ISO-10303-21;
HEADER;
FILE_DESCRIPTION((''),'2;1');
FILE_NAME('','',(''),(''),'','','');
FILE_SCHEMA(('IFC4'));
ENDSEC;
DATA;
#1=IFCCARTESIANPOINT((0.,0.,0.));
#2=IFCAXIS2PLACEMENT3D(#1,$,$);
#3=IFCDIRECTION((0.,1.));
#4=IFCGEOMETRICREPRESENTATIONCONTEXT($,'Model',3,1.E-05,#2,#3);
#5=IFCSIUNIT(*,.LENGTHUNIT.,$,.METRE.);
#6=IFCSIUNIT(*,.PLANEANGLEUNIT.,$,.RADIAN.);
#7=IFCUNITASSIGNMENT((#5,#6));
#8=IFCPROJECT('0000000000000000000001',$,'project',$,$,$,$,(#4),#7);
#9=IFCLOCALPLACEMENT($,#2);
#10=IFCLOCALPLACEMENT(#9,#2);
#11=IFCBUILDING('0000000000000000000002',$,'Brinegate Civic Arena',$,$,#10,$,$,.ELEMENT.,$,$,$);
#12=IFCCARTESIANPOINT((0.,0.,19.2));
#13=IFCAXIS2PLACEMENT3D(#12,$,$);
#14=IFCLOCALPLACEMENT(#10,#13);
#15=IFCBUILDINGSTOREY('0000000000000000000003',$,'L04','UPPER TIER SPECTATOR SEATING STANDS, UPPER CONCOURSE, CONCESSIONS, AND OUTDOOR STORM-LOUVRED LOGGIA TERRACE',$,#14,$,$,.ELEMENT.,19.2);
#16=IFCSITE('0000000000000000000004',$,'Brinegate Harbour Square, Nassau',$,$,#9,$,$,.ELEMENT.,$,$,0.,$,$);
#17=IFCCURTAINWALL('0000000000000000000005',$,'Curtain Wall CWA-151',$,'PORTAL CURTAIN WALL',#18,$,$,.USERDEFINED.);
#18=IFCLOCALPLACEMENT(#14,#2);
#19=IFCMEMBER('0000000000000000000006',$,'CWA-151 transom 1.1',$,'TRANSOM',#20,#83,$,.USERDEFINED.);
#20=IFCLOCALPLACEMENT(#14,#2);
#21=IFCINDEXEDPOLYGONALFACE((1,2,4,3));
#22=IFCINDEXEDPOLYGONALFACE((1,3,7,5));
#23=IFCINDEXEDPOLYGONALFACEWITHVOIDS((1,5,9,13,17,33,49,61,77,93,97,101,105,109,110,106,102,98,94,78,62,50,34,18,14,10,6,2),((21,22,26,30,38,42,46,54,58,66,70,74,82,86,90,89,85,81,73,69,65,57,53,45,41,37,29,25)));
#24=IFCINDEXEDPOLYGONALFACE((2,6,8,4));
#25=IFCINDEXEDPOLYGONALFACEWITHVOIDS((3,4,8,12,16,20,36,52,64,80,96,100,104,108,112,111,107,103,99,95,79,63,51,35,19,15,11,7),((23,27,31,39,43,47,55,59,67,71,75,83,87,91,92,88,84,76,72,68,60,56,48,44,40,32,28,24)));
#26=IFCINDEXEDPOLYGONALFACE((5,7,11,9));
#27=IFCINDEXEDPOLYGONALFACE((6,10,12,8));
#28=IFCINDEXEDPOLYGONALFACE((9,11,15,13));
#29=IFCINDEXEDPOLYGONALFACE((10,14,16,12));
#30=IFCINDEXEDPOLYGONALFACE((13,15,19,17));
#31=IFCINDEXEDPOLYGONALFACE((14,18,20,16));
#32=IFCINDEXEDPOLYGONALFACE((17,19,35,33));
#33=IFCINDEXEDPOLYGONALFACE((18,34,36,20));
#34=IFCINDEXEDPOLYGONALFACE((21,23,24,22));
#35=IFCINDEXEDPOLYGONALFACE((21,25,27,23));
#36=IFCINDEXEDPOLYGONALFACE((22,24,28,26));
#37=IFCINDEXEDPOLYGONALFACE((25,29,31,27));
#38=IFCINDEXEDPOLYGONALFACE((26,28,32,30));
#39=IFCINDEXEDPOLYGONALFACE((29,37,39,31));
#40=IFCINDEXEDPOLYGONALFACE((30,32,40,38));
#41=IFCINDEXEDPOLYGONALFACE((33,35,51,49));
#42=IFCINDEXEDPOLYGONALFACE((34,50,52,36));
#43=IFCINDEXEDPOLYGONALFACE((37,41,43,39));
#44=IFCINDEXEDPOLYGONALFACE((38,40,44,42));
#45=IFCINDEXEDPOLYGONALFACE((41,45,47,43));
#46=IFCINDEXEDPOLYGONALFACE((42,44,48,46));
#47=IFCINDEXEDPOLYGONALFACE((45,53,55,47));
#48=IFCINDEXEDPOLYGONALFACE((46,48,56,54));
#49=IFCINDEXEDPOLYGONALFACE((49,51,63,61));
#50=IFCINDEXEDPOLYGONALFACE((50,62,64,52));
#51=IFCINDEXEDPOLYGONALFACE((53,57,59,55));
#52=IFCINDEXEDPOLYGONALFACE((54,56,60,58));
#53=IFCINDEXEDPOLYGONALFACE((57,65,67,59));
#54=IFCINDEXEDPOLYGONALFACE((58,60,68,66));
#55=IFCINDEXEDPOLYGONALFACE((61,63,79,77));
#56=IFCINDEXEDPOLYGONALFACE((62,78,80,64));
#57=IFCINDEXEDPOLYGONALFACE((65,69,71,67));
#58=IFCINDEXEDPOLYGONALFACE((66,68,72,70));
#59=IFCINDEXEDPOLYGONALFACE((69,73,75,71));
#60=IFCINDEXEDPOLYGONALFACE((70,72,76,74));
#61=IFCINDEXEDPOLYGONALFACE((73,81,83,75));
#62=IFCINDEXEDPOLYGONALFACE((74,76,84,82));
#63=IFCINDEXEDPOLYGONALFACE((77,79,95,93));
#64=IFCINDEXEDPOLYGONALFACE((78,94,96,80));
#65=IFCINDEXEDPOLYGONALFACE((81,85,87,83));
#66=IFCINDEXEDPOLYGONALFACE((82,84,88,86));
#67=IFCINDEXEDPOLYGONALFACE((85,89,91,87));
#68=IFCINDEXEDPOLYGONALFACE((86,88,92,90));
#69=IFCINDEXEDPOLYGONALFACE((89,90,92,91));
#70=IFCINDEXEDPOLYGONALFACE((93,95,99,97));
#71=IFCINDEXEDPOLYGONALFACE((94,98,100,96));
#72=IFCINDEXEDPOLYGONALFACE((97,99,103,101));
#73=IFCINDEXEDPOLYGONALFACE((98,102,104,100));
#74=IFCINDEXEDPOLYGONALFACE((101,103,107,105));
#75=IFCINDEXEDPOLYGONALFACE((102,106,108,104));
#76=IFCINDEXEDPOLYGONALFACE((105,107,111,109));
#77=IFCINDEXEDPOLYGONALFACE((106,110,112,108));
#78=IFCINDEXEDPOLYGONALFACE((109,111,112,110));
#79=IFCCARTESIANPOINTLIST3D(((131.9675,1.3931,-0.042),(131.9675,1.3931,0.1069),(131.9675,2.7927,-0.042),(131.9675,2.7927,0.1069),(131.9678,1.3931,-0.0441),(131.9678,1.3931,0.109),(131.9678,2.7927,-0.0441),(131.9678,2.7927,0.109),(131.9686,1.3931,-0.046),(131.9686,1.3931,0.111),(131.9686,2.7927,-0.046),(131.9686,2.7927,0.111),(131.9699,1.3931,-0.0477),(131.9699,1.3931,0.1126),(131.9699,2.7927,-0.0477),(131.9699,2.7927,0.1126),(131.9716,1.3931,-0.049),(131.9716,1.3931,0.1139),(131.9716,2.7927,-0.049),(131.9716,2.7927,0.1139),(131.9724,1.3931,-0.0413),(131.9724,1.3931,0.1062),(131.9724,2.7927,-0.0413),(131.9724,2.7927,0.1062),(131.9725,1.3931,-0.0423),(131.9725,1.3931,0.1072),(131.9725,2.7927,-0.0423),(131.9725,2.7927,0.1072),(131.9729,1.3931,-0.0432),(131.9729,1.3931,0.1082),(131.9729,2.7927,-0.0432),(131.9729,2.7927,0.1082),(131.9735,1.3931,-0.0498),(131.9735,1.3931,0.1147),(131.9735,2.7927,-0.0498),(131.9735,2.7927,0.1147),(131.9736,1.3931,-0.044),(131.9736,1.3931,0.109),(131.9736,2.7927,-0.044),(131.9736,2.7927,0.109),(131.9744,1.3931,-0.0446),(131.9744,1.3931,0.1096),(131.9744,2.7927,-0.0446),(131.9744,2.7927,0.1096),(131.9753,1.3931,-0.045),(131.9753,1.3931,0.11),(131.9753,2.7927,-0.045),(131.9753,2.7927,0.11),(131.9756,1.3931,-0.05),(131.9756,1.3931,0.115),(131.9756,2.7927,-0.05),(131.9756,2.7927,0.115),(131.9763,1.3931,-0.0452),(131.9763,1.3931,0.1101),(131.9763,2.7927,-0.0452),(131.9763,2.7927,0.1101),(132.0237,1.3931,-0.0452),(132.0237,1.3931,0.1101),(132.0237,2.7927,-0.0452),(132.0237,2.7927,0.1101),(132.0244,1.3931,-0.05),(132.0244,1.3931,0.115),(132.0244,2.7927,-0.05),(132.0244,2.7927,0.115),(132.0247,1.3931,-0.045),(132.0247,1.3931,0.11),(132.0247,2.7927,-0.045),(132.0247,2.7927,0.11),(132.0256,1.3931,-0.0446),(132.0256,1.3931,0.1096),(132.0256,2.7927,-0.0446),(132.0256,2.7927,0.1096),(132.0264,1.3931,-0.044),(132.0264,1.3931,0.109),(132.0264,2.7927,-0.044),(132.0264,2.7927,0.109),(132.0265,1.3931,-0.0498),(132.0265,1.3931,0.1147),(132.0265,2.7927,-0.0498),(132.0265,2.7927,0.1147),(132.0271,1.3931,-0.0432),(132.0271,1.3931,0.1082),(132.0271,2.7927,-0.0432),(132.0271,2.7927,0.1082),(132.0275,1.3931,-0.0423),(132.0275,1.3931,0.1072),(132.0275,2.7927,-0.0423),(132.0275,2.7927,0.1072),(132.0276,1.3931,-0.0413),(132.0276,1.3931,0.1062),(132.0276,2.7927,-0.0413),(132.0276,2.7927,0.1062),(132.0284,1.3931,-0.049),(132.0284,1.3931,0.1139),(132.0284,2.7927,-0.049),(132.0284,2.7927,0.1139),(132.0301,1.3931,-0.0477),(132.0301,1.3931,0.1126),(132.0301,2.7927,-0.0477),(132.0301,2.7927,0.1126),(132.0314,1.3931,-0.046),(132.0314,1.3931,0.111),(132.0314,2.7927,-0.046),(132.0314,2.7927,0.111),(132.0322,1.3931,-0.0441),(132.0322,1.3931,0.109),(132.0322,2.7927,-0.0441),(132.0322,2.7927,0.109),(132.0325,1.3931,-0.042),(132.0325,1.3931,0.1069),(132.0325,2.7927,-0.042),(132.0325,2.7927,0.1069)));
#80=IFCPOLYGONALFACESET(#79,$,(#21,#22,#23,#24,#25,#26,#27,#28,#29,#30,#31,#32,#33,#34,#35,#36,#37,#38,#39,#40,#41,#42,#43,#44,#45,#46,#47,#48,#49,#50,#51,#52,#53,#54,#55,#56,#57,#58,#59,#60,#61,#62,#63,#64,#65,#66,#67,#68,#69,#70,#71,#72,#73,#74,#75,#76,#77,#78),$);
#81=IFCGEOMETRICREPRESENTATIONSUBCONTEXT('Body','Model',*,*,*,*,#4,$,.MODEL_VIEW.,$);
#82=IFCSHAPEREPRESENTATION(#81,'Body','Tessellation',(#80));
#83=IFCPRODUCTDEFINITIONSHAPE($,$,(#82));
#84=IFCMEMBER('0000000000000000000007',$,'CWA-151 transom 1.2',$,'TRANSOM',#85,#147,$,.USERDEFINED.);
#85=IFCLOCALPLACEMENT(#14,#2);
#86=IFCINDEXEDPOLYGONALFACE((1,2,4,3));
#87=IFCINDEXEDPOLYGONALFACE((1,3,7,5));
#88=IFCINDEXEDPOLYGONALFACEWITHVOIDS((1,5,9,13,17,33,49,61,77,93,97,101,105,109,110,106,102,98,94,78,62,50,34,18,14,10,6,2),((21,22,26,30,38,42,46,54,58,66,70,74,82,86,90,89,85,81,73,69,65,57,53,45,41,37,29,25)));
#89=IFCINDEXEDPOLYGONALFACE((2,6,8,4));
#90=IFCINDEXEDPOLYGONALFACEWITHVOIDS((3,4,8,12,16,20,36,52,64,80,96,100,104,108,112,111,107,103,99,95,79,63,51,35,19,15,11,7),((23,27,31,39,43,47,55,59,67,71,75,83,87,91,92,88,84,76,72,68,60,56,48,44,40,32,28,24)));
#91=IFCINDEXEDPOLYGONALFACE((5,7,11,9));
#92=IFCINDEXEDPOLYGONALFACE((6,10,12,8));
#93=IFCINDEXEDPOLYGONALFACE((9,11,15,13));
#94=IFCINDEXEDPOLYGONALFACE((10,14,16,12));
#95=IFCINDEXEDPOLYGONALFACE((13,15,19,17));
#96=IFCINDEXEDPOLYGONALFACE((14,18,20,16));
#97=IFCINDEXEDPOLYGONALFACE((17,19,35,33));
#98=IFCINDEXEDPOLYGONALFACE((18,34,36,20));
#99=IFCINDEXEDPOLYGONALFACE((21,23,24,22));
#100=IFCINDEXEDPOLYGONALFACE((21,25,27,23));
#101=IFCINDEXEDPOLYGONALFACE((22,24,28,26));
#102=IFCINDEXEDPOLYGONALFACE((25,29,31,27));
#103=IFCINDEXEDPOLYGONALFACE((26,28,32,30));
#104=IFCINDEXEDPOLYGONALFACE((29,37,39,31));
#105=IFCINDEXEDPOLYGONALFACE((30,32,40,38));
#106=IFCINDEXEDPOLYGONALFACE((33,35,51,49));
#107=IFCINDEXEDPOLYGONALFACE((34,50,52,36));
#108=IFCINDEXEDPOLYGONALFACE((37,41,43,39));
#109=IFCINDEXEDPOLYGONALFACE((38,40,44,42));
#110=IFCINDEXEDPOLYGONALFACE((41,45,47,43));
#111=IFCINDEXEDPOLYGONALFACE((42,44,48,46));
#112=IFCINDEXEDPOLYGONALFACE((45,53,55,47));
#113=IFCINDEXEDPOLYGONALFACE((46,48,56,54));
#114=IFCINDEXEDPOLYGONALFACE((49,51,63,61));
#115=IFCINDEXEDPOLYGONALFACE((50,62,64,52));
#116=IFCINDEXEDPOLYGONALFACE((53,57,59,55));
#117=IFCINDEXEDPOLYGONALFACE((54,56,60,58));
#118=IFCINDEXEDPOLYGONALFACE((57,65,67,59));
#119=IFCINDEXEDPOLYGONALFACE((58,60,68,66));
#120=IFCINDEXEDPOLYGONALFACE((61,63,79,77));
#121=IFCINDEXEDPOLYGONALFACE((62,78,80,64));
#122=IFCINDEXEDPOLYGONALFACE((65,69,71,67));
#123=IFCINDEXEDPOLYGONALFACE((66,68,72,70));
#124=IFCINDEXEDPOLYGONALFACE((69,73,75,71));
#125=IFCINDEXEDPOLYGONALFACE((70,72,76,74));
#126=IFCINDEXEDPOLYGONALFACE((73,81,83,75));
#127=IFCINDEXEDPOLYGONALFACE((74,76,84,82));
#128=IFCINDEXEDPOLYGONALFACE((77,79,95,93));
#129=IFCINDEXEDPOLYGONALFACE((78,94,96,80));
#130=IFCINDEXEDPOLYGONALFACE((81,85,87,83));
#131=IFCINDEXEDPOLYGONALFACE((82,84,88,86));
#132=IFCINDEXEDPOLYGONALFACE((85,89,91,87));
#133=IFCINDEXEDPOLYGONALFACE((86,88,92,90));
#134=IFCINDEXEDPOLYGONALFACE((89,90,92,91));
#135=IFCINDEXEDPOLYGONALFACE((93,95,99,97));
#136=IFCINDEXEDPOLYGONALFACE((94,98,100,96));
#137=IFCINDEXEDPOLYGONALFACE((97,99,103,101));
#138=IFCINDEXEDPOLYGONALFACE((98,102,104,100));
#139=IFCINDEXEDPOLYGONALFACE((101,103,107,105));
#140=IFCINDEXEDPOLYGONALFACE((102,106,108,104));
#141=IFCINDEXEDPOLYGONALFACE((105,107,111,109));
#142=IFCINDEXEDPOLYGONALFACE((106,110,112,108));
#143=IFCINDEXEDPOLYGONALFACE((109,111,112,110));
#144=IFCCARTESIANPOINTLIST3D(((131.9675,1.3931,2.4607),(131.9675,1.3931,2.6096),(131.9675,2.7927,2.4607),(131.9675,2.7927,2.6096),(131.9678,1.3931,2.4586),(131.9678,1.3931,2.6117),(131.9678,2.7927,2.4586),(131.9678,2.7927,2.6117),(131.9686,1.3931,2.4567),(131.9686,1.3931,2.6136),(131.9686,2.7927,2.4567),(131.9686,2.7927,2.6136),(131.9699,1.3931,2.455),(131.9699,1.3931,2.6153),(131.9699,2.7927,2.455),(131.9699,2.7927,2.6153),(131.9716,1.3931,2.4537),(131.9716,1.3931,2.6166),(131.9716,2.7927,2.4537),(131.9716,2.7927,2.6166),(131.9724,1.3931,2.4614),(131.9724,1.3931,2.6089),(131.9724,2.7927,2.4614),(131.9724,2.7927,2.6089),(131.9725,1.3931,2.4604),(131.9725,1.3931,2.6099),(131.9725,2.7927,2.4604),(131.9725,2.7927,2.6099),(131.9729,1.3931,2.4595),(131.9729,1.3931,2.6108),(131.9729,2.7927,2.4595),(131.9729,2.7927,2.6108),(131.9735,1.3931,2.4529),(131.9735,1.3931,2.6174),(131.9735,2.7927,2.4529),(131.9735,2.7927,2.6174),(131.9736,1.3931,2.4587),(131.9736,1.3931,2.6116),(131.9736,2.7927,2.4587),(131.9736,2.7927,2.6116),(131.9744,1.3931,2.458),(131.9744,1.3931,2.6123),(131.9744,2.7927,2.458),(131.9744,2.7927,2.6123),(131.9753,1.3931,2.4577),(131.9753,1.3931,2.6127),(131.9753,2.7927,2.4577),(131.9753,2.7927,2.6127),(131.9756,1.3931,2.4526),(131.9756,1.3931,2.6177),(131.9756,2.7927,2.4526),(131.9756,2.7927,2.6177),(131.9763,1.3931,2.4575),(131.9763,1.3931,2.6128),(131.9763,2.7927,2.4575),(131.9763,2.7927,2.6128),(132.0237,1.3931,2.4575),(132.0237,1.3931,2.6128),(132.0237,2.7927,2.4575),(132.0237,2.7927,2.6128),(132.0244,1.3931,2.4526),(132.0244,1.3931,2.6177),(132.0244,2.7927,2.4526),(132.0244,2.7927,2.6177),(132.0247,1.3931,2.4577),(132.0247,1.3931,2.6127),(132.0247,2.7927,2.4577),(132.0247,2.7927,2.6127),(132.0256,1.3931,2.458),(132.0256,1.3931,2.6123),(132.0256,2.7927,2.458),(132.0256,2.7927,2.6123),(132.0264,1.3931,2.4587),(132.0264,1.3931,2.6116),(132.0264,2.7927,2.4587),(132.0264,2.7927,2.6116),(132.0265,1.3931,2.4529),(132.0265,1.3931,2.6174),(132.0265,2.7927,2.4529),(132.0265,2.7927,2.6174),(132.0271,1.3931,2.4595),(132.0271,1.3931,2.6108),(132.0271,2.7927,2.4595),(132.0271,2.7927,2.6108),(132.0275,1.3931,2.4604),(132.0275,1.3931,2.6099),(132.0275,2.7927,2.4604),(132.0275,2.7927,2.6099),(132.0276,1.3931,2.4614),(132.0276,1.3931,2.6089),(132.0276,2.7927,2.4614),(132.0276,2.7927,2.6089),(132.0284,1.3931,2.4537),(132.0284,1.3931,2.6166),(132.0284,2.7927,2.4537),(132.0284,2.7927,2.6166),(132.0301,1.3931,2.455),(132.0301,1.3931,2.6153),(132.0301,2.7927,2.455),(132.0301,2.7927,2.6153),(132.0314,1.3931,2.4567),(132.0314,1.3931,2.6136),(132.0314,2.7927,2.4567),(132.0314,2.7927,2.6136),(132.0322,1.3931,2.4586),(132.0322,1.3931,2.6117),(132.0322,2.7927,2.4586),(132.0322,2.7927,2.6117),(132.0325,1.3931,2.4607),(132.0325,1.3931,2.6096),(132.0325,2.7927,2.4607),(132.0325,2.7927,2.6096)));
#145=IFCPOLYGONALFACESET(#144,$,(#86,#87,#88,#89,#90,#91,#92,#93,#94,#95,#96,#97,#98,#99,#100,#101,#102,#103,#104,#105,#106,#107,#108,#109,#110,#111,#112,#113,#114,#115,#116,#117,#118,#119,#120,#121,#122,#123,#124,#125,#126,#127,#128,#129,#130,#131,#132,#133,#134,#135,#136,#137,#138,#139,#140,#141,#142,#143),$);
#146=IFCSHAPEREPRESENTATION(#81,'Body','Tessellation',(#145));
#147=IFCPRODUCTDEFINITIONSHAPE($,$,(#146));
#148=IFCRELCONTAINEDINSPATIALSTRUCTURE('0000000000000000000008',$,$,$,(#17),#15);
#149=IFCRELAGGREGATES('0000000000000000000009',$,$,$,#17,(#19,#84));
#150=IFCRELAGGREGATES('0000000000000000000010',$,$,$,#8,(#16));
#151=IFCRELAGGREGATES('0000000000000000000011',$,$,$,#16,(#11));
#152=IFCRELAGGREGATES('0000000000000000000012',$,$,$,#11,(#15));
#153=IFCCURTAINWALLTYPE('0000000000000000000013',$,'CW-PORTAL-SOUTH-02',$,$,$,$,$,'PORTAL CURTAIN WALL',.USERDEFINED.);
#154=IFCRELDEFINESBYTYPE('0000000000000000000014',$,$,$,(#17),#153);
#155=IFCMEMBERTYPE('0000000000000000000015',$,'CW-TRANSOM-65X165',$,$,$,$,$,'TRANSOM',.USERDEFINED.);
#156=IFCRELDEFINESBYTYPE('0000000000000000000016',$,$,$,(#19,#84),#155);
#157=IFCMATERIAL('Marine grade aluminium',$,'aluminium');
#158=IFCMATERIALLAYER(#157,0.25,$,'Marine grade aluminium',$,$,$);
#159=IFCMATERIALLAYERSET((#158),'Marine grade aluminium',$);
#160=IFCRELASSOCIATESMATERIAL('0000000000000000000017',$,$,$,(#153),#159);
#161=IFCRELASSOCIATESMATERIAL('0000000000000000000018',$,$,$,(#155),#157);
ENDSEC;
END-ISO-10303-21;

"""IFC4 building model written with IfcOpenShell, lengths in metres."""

from ifc_helpers import new_model, si_unit, direction, frame, origin, origin_2d, place, context, subcontext, project, spatial, hollow_rectangle, extrude, material, layer, layer_set, material_profile, profile_set, type_object, element, aggregate, save


model = new_model("IFC4")

# Units and contexts
model_context = context("Model", 3, precision=1e-05, world=origin(), true_north=direction((0.0, 1.0)))
body_context = subcontext(model_context, "Body", "Model", "MODEL_VIEW")
ifc_project = project(units=[si_unit("LENGTHUNIT", "METRE"), si_unit("PLANEANGLEUNIT", "RADIAN")], contexts=[model_context])

# Site, building, storey
site_placement = place(None, origin())
site = spatial("IfcSite", under=ifc_project, at=site_placement, Name="Brinegate Harbour Square, Nassau", CompositionType="ELEMENT", RefElevation=0.0)
building_placement = place(site_placement, origin())
building = spatial("IfcBuilding", under=site, at=building_placement, Name="Brinegate Civic Arena", CompositionType="ELEMENT")
storey_placement = place(building_placement, frame((0.0, 0.0, 19.2)))
storey = spatial("IfcBuildingStorey", under=building, at=storey_placement, Name="L04", Description="UPPER TIER SPECTATOR SEATING STANDS, UPPER CONCOURSE, CONCESSIONS, AND OUTDOOR STORM-LOUVRED LOGGIA TERRACE", CompositionType="ELEMENT", Elevation=19.2)

# Curtain wall, members
ifc_material_1 = material(Name="Marine grade aluminium", Category="aluminium")
ifc_layer_1 = layer(ifc_material_1, 0.25, Name="Marine grade aluminium")
ifc_layer_set_1 = layer_set([ifc_layer_1], Name="Marine grade aluminium")
curtain_wall_type = type_object("IfcCurtainWallType", Name="CW-PORTAL-SOUTH-02", ElementType="PORTAL CURTAIN WALL", PredefinedType="USERDEFINED", material=ifc_layer_set_1)
curtain_wall_placement = place(storey_placement, origin())
curtain_wall = element("IfcCurtainWall", 1, at=curtain_wall_placement, inside=storey, type_object=curtain_wall_type, Name="Curtain Wall CWA-151", ObjectType="PORTAL CURTAIN WALL", PredefinedType="USERDEFINED")
ifc_material_profile_1 = material_profile(ifc_material_1, hollow_rectangle(XDim=0.0649, YDim=0.165, WallThickness=0.0049, InnerFilletRadius=0.0039, OuterFilletRadius=0.0081, at=origin_2d()), Name="TRN65X165")
ifc_profile_set_1 = profile_set([ifc_material_profile_1], Name="Marine grade aluminium")
member_type_1 = type_object("IfcMemberType", Name="CW-TRANSOM-65X165", ElementType="TRANSOM", PredefinedType="USERDEFINED", material=ifc_profile_set_1)
member_1_placement = place(storey_placement, frame((132.0, 1.3931, 0.0325), z_axis=(0.0, 1.0, 0.0), x_axis=(-1.0, 0.0, 0.0)))
member_1 = element("IfcMember", 2, at=member_1_placement, type_object=member_type_1, Name="CWA-151 transom 1.1", ObjectType="TRANSOM", PredefinedType="USERDEFINED", context=body_context, shape_type="SweptSolid", body=[
    extrude(hollow_rectangle(XDim=0.0649, YDim=0.165, WallThickness=0.0049, InnerFilletRadius=0.0039, OuterFilletRadius=0.0081, at=origin_2d()), origin(), (0.0, 0.0, 1.0), 1.3997),
])
member_2_placement = place(storey_placement, frame((132.0, 1.3931, 2.5352), z_axis=(0.0, 1.0, 0.0), x_axis=(-1.0, 0.0, 0.0)))
member_2 = element("IfcMember", 3, at=member_2_placement, type_object=member_type_1, Name="CWA-151 transom 1.2", ObjectType="TRANSOM", PredefinedType="USERDEFINED", context=body_context, shape_type="SweptSolid", body=[
    extrude(hollow_rectangle(XDim=0.0649, YDim=0.165, WallThickness=0.0049, InnerFilletRadius=0.0039, OuterFilletRadius=0.0081, at=origin_2d()), origin(), (0.0, 0.0, 1.0), 1.3997),
])
aggregate(curtain_wall, [member_1, member_2])

save(model, "model.ifc")
